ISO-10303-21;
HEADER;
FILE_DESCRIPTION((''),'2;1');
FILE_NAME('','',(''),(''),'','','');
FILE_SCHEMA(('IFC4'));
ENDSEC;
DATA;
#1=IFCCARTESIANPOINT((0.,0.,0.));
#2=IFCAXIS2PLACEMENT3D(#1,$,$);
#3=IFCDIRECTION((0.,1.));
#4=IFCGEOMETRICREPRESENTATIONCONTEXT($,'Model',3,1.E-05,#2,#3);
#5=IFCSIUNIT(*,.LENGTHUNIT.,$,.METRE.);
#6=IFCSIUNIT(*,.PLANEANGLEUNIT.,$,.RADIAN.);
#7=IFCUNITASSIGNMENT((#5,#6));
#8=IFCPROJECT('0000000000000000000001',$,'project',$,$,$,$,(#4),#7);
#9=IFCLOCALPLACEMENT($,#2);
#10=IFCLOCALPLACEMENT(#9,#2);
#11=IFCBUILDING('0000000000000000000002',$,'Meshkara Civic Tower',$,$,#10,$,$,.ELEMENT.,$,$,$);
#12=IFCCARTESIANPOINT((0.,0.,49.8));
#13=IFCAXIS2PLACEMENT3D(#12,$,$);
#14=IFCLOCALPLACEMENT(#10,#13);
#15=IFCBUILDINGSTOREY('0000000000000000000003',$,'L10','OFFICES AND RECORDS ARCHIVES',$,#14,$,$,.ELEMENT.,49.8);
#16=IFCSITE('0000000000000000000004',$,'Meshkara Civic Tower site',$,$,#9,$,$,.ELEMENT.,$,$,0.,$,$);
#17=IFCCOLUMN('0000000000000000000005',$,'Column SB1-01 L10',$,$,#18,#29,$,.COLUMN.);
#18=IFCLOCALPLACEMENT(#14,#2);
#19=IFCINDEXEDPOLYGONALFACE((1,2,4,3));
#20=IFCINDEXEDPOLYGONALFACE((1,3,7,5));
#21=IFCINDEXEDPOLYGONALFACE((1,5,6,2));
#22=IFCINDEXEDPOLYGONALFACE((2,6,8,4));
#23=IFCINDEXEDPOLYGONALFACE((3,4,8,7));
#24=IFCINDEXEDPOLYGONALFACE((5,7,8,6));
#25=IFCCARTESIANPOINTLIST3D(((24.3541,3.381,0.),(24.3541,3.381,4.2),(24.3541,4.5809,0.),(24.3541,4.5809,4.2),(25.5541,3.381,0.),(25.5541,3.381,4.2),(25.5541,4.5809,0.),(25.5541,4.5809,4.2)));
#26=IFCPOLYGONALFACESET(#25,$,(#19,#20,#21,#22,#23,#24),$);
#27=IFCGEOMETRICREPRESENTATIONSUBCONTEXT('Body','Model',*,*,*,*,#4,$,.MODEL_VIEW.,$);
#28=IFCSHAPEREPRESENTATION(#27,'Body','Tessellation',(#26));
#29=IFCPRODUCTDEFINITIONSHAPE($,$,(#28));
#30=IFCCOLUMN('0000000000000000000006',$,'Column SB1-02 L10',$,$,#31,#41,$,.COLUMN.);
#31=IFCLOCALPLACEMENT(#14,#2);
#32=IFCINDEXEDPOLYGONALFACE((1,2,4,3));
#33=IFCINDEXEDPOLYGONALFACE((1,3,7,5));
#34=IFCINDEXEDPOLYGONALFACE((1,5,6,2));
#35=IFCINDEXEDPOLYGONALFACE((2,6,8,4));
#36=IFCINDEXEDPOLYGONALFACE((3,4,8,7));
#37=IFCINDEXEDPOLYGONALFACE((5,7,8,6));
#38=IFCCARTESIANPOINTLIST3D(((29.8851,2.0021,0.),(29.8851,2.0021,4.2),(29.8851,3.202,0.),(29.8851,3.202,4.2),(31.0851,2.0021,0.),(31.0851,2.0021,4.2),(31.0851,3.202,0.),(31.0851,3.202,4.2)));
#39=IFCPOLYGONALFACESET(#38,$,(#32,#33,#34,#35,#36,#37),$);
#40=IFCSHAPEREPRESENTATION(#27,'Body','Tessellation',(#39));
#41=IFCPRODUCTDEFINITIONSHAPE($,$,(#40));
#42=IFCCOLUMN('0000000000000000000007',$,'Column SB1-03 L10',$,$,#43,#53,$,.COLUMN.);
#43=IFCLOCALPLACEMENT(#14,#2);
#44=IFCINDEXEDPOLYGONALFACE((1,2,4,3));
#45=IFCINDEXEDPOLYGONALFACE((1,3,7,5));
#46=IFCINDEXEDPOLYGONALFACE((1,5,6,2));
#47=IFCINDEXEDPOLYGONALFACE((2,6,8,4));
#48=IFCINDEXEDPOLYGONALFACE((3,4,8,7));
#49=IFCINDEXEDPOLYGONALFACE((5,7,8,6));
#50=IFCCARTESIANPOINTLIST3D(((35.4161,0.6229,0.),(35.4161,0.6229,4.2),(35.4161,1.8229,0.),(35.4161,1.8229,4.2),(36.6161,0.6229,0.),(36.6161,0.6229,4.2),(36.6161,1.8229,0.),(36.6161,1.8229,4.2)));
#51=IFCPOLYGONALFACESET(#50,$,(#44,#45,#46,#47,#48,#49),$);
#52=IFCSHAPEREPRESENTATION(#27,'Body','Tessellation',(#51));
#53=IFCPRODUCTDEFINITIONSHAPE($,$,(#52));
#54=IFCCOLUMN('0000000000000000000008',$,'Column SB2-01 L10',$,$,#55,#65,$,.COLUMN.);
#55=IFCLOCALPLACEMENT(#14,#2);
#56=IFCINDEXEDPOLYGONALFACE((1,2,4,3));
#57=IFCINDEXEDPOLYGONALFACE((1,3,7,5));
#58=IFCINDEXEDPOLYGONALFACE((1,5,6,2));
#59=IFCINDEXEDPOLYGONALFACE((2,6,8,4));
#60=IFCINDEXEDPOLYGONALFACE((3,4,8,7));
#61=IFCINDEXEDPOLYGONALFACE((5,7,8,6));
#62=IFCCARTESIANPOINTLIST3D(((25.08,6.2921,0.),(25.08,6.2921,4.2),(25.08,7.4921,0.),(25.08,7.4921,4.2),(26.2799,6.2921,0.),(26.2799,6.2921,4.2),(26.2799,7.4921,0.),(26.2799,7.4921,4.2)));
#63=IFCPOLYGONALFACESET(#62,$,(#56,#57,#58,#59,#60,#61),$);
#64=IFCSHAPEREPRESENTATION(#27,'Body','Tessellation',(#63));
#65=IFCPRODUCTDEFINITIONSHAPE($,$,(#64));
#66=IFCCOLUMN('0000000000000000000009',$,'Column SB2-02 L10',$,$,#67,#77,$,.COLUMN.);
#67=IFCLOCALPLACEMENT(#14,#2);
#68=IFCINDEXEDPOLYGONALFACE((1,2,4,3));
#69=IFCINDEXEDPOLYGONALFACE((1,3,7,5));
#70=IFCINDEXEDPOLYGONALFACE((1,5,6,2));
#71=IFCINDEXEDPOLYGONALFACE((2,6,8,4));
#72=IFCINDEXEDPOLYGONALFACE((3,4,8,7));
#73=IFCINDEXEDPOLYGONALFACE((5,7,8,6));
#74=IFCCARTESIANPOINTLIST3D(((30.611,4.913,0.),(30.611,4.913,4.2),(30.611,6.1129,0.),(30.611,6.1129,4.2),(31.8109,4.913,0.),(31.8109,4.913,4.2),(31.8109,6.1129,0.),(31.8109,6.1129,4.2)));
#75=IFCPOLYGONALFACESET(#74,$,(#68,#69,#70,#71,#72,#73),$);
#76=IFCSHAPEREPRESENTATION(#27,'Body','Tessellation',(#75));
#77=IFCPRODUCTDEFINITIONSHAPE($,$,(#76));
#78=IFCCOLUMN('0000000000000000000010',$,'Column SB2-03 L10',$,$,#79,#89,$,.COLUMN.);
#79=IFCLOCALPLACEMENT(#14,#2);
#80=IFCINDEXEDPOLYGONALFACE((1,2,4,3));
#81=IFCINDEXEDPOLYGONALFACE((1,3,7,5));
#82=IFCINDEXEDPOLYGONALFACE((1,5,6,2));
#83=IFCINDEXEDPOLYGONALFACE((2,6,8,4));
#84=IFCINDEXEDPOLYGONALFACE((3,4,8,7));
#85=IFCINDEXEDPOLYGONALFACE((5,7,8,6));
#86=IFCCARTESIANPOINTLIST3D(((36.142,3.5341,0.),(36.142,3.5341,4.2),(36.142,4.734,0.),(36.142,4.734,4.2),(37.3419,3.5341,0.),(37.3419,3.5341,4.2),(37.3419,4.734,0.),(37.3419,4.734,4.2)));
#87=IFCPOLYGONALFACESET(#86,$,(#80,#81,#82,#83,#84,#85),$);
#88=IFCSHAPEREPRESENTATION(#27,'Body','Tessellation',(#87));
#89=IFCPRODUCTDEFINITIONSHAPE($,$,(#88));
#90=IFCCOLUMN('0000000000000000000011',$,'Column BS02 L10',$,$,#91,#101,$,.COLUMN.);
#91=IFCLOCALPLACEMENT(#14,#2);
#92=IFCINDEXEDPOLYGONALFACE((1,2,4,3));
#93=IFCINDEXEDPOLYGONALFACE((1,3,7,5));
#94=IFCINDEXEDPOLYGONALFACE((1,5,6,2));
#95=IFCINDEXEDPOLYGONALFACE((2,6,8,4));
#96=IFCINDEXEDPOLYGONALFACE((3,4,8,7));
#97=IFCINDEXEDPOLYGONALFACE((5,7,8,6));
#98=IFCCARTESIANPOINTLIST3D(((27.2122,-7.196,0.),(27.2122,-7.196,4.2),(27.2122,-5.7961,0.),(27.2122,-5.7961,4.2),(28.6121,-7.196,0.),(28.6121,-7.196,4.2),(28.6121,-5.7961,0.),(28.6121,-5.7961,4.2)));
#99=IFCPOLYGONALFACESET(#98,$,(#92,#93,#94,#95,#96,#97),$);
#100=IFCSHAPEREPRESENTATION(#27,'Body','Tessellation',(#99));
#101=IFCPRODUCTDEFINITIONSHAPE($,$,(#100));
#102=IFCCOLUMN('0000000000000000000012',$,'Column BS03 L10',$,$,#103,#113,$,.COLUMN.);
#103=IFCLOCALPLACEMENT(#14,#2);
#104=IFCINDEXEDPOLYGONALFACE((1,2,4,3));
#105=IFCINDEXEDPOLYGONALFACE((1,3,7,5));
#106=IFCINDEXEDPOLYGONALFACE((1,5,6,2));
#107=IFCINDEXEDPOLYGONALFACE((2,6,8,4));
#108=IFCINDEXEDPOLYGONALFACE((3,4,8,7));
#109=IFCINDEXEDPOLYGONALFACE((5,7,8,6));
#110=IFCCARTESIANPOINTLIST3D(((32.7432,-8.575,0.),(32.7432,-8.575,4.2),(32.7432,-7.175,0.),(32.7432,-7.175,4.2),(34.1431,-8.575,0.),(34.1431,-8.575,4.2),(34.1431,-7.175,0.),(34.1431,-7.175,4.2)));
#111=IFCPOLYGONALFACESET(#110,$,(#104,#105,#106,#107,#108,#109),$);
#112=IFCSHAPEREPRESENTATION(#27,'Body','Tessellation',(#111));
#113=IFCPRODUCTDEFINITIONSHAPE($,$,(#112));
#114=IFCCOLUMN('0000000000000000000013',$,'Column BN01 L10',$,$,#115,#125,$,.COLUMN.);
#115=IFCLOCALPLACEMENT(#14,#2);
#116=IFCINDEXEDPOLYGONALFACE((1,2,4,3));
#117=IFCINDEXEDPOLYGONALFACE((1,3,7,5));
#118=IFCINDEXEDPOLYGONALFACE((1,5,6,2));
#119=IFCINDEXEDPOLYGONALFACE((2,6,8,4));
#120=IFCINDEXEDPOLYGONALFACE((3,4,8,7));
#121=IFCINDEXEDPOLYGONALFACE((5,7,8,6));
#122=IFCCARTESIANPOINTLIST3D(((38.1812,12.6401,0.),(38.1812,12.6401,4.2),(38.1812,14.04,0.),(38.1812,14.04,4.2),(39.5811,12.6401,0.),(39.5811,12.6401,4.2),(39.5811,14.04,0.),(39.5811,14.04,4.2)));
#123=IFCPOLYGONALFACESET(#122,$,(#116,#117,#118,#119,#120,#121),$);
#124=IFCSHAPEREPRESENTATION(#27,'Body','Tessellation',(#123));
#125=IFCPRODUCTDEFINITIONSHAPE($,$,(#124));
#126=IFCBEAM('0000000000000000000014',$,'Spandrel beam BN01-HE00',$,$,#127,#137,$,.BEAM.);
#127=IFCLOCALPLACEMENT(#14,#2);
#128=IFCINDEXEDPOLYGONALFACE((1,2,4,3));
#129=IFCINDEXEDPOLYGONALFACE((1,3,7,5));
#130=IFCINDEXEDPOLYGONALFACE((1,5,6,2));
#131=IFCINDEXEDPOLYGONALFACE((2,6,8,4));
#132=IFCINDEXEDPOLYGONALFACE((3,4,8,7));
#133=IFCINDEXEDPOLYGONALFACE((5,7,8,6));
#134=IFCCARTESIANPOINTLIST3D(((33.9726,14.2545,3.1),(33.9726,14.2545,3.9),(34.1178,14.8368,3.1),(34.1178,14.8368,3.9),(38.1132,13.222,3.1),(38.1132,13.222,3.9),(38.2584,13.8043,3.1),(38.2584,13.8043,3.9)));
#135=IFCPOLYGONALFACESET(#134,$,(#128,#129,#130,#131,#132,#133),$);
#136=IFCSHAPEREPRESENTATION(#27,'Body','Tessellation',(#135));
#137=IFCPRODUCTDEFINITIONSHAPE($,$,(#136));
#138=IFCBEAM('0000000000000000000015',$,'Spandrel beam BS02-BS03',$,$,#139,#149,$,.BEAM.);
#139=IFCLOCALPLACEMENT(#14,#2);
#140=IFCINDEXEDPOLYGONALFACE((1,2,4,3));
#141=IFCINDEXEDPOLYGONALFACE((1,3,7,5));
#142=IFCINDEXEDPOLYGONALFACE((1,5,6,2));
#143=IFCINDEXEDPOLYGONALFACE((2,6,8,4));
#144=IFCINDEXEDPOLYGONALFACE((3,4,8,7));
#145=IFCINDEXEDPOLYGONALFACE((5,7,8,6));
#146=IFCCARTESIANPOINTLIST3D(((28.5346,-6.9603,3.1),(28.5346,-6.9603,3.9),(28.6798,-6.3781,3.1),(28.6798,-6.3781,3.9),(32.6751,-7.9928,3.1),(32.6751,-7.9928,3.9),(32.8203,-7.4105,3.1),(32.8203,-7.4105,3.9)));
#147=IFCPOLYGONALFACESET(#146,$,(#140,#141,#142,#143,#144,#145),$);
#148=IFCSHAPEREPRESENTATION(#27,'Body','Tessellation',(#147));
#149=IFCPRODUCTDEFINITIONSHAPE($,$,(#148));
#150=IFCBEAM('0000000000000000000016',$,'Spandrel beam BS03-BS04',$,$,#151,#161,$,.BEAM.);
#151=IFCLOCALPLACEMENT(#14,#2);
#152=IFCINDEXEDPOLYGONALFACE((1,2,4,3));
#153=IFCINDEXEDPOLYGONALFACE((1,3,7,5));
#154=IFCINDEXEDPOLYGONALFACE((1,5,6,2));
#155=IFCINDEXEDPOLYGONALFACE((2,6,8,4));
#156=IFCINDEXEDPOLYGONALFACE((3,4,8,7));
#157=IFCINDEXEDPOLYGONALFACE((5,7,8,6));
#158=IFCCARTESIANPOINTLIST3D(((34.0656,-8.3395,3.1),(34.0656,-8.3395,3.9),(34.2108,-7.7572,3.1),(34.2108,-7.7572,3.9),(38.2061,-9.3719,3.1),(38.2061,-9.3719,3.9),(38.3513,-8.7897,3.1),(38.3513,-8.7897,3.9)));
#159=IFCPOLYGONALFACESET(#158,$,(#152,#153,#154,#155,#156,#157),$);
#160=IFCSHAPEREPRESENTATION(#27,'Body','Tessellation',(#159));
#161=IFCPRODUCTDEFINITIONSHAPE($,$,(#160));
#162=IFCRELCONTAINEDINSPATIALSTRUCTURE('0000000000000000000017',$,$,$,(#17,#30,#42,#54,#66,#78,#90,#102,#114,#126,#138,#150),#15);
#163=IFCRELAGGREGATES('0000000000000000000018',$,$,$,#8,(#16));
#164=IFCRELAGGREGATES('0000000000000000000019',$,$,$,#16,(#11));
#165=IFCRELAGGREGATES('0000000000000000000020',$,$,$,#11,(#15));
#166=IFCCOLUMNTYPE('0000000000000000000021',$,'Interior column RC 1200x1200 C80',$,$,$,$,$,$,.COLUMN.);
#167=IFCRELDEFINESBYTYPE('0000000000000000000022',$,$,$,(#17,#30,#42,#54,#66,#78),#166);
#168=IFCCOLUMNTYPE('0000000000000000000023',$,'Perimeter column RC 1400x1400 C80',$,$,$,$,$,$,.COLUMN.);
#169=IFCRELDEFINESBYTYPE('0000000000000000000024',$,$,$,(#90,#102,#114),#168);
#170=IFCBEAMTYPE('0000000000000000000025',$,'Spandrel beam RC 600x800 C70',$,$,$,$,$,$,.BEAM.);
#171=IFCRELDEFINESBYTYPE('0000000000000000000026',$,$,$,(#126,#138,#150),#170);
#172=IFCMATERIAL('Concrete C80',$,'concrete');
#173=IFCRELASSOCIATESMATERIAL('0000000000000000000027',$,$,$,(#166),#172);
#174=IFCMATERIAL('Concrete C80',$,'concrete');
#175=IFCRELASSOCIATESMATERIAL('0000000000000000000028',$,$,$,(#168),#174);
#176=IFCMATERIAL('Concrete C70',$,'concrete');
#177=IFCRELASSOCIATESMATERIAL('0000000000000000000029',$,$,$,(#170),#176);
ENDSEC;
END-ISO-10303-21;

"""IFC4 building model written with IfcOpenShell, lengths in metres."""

from ifc_helpers import new_model, si_unit, direction, frame, origin, origin_2d, place, context, subcontext, project, spatial, rectangle, extrude, material, material_profile, profile_set, type_object, element, save


model = new_model("IFC4")

# Units and contexts
model_context = context("Model", 3, precision=1e-05, world=origin(), true_north=direction((0.0, 1.0)))
body_context = subcontext(model_context, "Body", "Model", "MODEL_VIEW")
ifc_project = project(units=[si_unit("LENGTHUNIT", "METRE"), si_unit("PLANEANGLEUNIT", "RADIAN")], contexts=[model_context])

# Site, building, storey
site_placement = place(None, origin())
site = spatial("IfcSite", under=ifc_project, at=site_placement, Name="Meshkara Civic Tower site", CompositionType="ELEMENT", RefElevation=0.0)
building_placement = place(site_placement, origin())
building = spatial("IfcBuilding", under=site, at=building_placement, Name="Meshkara Civic Tower", CompositionType="ELEMENT")
storey_placement = place(building_placement, frame((0.0, 0.0, 49.8)))
storey = spatial("IfcBuildingStorey", under=building, at=storey_placement, Name="L10", Description="OFFICES AND RECORDS ARCHIVES", CompositionType="ELEMENT", Elevation=49.8)

# Columns
ifc_material_1 = material(Name="Concrete C80", Category="concrete")
ifc_material_profile_1 = material_profile(ifc_material_1, rectangle(XDim=1.2, YDim=1.2, at=origin_2d()))
ifc_profile_set_1 = profile_set([ifc_material_profile_1], Name="Concrete C80")
column_type_1 = type_object("IfcColumnType", Name="Interior column RC 1200x1200 C80", PredefinedType="COLUMN", material=ifc_profile_set_1)
for number, where, z_axis, x_axis, name in (
    (1, (24.9541, 3.981, 0.0), (0.0, 0.0, 1.0), (1.0, 0.0, 0.0), "Column SB1-01 L10"),
    (2, (30.4851, 2.6021, 0.0), (0.0, 0.0, 1.0), (1.0, 0.0, 0.0), "Column SB1-02 L10"),
    (3, (36.0161, 1.2229, 0.0), (0.0, 0.0, 1.0), (1.0, 0.0, 0.0), "Column SB1-03 L10"),
    (4, (25.6799, 6.8921, 0.0), (0.0, 0.0, 1.0), (1.0, 0.0, 0.0), "Column SB2-01 L10"),
    (5, (31.2109, 5.5129, 0.0), (0.0, 0.0, 1.0), (1.0, 0.0, 0.0), "Column SB2-02 L10"),
    (6, (36.7419, 4.134, 0.0), (0.0, 0.0, 1.0), (1.0, 0.0, 0.0), "Column SB2-03 L10"),
):
    element("IfcColumn", number, at=place(storey_placement, frame(where, z_axis=z_axis, x_axis=x_axis)), inside=storey, type_object=column_type_1, Name=name, PredefinedType="COLUMN", context=body_context, shape_type="SweptSolid", body=[
        extrude(rectangle(XDim=1.2, YDim=1.2, at=origin_2d()), origin(), (0.0, 0.0, 1.0), 4.2),
    ])
ifc_material_2 = material(Name="Concrete C80", Category="concrete")
ifc_material_profile_2 = material_profile(ifc_material_2, rectangle(XDim=1.3999, YDim=1.3999, at=origin_2d()))
ifc_profile_set_2 = profile_set([ifc_material_profile_2], Name="Concrete C80")
column_type_2 = type_object("IfcColumnType", Name="Perimeter column RC 1400x1400 C80", PredefinedType="COLUMN", material=ifc_profile_set_2)
for number, where, z_axis, x_axis, name in (
    (7, (27.9121, -6.4961, 0.0), (0.0, 0.0, 1.0), (1.0, 0.0, 0.0), "Column BS02 L10"),
    (8, (33.4431, -7.875, 0.0), (0.0, 0.0, 1.0), (1.0, 0.0, 0.0), "Column BS03 L10"),
    (9, (38.8811, 13.3401, 0.0), (0.0, 0.0, 1.0), (1.0, 0.0, 0.0), "Column BN01 L10"),
):
    element("IfcColumn", number, at=place(storey_placement, frame(where, z_axis=z_axis, x_axis=x_axis)), inside=storey, type_object=column_type_2, Name=name, PredefinedType="COLUMN", context=body_context, shape_type="SweptSolid", body=[
        extrude(rectangle(XDim=1.3999, YDim=1.3999, at=origin_2d()), origin(), (0.0, 0.0, 1.0), 4.2),
    ])

# Beams
ifc_material_3 = material(Name="Concrete C70", Category="concrete")
ifc_material_profile_3 = material_profile(ifc_material_3, rectangle(XDim=0.6001, YDim=0.8, at=origin_2d()))
ifc_profile_set_3 = profile_set([ifc_material_profile_3], Name="Concrete C70")
beam_type = type_object("IfcBeamType", Name="Spandrel beam RC 600x800 C70", PredefinedType="BEAM", material=ifc_profile_set_3)
for number, where, z_axis, x_axis, name in (
    (10, (38.1858, 13.5132, 3.5), (-0.97029, 0.241943, 0.0), (-0.241943, -0.97029, 0.0), "Spandrel beam BN01-HE00"),
    (11, (28.6072, -6.6692, 3.5), (0.97029, -0.241943, 0.0), (0.241943, 0.97029, 0.0), "Spandrel beam BS02-BS03"),
    (12, (34.1382, -8.0483, 3.5), (0.97029, -0.241943, 0.0), (0.241943, 0.97029, 0.0), "Spandrel beam BS03-BS04"),
):
    element("IfcBeam", number, at=place(storey_placement, frame(where, z_axis=z_axis, x_axis=x_axis)), inside=storey, type_object=beam_type, Name=name, PredefinedType="BEAM", context=body_context, shape_type="SweptSolid", body=[
        extrude(rectangle(XDim=0.6001, YDim=0.8, at=origin_2d()), origin(), (0.0, 0.0, 1.0), 4.2673),
    ])

save(model, "model.ifc")
